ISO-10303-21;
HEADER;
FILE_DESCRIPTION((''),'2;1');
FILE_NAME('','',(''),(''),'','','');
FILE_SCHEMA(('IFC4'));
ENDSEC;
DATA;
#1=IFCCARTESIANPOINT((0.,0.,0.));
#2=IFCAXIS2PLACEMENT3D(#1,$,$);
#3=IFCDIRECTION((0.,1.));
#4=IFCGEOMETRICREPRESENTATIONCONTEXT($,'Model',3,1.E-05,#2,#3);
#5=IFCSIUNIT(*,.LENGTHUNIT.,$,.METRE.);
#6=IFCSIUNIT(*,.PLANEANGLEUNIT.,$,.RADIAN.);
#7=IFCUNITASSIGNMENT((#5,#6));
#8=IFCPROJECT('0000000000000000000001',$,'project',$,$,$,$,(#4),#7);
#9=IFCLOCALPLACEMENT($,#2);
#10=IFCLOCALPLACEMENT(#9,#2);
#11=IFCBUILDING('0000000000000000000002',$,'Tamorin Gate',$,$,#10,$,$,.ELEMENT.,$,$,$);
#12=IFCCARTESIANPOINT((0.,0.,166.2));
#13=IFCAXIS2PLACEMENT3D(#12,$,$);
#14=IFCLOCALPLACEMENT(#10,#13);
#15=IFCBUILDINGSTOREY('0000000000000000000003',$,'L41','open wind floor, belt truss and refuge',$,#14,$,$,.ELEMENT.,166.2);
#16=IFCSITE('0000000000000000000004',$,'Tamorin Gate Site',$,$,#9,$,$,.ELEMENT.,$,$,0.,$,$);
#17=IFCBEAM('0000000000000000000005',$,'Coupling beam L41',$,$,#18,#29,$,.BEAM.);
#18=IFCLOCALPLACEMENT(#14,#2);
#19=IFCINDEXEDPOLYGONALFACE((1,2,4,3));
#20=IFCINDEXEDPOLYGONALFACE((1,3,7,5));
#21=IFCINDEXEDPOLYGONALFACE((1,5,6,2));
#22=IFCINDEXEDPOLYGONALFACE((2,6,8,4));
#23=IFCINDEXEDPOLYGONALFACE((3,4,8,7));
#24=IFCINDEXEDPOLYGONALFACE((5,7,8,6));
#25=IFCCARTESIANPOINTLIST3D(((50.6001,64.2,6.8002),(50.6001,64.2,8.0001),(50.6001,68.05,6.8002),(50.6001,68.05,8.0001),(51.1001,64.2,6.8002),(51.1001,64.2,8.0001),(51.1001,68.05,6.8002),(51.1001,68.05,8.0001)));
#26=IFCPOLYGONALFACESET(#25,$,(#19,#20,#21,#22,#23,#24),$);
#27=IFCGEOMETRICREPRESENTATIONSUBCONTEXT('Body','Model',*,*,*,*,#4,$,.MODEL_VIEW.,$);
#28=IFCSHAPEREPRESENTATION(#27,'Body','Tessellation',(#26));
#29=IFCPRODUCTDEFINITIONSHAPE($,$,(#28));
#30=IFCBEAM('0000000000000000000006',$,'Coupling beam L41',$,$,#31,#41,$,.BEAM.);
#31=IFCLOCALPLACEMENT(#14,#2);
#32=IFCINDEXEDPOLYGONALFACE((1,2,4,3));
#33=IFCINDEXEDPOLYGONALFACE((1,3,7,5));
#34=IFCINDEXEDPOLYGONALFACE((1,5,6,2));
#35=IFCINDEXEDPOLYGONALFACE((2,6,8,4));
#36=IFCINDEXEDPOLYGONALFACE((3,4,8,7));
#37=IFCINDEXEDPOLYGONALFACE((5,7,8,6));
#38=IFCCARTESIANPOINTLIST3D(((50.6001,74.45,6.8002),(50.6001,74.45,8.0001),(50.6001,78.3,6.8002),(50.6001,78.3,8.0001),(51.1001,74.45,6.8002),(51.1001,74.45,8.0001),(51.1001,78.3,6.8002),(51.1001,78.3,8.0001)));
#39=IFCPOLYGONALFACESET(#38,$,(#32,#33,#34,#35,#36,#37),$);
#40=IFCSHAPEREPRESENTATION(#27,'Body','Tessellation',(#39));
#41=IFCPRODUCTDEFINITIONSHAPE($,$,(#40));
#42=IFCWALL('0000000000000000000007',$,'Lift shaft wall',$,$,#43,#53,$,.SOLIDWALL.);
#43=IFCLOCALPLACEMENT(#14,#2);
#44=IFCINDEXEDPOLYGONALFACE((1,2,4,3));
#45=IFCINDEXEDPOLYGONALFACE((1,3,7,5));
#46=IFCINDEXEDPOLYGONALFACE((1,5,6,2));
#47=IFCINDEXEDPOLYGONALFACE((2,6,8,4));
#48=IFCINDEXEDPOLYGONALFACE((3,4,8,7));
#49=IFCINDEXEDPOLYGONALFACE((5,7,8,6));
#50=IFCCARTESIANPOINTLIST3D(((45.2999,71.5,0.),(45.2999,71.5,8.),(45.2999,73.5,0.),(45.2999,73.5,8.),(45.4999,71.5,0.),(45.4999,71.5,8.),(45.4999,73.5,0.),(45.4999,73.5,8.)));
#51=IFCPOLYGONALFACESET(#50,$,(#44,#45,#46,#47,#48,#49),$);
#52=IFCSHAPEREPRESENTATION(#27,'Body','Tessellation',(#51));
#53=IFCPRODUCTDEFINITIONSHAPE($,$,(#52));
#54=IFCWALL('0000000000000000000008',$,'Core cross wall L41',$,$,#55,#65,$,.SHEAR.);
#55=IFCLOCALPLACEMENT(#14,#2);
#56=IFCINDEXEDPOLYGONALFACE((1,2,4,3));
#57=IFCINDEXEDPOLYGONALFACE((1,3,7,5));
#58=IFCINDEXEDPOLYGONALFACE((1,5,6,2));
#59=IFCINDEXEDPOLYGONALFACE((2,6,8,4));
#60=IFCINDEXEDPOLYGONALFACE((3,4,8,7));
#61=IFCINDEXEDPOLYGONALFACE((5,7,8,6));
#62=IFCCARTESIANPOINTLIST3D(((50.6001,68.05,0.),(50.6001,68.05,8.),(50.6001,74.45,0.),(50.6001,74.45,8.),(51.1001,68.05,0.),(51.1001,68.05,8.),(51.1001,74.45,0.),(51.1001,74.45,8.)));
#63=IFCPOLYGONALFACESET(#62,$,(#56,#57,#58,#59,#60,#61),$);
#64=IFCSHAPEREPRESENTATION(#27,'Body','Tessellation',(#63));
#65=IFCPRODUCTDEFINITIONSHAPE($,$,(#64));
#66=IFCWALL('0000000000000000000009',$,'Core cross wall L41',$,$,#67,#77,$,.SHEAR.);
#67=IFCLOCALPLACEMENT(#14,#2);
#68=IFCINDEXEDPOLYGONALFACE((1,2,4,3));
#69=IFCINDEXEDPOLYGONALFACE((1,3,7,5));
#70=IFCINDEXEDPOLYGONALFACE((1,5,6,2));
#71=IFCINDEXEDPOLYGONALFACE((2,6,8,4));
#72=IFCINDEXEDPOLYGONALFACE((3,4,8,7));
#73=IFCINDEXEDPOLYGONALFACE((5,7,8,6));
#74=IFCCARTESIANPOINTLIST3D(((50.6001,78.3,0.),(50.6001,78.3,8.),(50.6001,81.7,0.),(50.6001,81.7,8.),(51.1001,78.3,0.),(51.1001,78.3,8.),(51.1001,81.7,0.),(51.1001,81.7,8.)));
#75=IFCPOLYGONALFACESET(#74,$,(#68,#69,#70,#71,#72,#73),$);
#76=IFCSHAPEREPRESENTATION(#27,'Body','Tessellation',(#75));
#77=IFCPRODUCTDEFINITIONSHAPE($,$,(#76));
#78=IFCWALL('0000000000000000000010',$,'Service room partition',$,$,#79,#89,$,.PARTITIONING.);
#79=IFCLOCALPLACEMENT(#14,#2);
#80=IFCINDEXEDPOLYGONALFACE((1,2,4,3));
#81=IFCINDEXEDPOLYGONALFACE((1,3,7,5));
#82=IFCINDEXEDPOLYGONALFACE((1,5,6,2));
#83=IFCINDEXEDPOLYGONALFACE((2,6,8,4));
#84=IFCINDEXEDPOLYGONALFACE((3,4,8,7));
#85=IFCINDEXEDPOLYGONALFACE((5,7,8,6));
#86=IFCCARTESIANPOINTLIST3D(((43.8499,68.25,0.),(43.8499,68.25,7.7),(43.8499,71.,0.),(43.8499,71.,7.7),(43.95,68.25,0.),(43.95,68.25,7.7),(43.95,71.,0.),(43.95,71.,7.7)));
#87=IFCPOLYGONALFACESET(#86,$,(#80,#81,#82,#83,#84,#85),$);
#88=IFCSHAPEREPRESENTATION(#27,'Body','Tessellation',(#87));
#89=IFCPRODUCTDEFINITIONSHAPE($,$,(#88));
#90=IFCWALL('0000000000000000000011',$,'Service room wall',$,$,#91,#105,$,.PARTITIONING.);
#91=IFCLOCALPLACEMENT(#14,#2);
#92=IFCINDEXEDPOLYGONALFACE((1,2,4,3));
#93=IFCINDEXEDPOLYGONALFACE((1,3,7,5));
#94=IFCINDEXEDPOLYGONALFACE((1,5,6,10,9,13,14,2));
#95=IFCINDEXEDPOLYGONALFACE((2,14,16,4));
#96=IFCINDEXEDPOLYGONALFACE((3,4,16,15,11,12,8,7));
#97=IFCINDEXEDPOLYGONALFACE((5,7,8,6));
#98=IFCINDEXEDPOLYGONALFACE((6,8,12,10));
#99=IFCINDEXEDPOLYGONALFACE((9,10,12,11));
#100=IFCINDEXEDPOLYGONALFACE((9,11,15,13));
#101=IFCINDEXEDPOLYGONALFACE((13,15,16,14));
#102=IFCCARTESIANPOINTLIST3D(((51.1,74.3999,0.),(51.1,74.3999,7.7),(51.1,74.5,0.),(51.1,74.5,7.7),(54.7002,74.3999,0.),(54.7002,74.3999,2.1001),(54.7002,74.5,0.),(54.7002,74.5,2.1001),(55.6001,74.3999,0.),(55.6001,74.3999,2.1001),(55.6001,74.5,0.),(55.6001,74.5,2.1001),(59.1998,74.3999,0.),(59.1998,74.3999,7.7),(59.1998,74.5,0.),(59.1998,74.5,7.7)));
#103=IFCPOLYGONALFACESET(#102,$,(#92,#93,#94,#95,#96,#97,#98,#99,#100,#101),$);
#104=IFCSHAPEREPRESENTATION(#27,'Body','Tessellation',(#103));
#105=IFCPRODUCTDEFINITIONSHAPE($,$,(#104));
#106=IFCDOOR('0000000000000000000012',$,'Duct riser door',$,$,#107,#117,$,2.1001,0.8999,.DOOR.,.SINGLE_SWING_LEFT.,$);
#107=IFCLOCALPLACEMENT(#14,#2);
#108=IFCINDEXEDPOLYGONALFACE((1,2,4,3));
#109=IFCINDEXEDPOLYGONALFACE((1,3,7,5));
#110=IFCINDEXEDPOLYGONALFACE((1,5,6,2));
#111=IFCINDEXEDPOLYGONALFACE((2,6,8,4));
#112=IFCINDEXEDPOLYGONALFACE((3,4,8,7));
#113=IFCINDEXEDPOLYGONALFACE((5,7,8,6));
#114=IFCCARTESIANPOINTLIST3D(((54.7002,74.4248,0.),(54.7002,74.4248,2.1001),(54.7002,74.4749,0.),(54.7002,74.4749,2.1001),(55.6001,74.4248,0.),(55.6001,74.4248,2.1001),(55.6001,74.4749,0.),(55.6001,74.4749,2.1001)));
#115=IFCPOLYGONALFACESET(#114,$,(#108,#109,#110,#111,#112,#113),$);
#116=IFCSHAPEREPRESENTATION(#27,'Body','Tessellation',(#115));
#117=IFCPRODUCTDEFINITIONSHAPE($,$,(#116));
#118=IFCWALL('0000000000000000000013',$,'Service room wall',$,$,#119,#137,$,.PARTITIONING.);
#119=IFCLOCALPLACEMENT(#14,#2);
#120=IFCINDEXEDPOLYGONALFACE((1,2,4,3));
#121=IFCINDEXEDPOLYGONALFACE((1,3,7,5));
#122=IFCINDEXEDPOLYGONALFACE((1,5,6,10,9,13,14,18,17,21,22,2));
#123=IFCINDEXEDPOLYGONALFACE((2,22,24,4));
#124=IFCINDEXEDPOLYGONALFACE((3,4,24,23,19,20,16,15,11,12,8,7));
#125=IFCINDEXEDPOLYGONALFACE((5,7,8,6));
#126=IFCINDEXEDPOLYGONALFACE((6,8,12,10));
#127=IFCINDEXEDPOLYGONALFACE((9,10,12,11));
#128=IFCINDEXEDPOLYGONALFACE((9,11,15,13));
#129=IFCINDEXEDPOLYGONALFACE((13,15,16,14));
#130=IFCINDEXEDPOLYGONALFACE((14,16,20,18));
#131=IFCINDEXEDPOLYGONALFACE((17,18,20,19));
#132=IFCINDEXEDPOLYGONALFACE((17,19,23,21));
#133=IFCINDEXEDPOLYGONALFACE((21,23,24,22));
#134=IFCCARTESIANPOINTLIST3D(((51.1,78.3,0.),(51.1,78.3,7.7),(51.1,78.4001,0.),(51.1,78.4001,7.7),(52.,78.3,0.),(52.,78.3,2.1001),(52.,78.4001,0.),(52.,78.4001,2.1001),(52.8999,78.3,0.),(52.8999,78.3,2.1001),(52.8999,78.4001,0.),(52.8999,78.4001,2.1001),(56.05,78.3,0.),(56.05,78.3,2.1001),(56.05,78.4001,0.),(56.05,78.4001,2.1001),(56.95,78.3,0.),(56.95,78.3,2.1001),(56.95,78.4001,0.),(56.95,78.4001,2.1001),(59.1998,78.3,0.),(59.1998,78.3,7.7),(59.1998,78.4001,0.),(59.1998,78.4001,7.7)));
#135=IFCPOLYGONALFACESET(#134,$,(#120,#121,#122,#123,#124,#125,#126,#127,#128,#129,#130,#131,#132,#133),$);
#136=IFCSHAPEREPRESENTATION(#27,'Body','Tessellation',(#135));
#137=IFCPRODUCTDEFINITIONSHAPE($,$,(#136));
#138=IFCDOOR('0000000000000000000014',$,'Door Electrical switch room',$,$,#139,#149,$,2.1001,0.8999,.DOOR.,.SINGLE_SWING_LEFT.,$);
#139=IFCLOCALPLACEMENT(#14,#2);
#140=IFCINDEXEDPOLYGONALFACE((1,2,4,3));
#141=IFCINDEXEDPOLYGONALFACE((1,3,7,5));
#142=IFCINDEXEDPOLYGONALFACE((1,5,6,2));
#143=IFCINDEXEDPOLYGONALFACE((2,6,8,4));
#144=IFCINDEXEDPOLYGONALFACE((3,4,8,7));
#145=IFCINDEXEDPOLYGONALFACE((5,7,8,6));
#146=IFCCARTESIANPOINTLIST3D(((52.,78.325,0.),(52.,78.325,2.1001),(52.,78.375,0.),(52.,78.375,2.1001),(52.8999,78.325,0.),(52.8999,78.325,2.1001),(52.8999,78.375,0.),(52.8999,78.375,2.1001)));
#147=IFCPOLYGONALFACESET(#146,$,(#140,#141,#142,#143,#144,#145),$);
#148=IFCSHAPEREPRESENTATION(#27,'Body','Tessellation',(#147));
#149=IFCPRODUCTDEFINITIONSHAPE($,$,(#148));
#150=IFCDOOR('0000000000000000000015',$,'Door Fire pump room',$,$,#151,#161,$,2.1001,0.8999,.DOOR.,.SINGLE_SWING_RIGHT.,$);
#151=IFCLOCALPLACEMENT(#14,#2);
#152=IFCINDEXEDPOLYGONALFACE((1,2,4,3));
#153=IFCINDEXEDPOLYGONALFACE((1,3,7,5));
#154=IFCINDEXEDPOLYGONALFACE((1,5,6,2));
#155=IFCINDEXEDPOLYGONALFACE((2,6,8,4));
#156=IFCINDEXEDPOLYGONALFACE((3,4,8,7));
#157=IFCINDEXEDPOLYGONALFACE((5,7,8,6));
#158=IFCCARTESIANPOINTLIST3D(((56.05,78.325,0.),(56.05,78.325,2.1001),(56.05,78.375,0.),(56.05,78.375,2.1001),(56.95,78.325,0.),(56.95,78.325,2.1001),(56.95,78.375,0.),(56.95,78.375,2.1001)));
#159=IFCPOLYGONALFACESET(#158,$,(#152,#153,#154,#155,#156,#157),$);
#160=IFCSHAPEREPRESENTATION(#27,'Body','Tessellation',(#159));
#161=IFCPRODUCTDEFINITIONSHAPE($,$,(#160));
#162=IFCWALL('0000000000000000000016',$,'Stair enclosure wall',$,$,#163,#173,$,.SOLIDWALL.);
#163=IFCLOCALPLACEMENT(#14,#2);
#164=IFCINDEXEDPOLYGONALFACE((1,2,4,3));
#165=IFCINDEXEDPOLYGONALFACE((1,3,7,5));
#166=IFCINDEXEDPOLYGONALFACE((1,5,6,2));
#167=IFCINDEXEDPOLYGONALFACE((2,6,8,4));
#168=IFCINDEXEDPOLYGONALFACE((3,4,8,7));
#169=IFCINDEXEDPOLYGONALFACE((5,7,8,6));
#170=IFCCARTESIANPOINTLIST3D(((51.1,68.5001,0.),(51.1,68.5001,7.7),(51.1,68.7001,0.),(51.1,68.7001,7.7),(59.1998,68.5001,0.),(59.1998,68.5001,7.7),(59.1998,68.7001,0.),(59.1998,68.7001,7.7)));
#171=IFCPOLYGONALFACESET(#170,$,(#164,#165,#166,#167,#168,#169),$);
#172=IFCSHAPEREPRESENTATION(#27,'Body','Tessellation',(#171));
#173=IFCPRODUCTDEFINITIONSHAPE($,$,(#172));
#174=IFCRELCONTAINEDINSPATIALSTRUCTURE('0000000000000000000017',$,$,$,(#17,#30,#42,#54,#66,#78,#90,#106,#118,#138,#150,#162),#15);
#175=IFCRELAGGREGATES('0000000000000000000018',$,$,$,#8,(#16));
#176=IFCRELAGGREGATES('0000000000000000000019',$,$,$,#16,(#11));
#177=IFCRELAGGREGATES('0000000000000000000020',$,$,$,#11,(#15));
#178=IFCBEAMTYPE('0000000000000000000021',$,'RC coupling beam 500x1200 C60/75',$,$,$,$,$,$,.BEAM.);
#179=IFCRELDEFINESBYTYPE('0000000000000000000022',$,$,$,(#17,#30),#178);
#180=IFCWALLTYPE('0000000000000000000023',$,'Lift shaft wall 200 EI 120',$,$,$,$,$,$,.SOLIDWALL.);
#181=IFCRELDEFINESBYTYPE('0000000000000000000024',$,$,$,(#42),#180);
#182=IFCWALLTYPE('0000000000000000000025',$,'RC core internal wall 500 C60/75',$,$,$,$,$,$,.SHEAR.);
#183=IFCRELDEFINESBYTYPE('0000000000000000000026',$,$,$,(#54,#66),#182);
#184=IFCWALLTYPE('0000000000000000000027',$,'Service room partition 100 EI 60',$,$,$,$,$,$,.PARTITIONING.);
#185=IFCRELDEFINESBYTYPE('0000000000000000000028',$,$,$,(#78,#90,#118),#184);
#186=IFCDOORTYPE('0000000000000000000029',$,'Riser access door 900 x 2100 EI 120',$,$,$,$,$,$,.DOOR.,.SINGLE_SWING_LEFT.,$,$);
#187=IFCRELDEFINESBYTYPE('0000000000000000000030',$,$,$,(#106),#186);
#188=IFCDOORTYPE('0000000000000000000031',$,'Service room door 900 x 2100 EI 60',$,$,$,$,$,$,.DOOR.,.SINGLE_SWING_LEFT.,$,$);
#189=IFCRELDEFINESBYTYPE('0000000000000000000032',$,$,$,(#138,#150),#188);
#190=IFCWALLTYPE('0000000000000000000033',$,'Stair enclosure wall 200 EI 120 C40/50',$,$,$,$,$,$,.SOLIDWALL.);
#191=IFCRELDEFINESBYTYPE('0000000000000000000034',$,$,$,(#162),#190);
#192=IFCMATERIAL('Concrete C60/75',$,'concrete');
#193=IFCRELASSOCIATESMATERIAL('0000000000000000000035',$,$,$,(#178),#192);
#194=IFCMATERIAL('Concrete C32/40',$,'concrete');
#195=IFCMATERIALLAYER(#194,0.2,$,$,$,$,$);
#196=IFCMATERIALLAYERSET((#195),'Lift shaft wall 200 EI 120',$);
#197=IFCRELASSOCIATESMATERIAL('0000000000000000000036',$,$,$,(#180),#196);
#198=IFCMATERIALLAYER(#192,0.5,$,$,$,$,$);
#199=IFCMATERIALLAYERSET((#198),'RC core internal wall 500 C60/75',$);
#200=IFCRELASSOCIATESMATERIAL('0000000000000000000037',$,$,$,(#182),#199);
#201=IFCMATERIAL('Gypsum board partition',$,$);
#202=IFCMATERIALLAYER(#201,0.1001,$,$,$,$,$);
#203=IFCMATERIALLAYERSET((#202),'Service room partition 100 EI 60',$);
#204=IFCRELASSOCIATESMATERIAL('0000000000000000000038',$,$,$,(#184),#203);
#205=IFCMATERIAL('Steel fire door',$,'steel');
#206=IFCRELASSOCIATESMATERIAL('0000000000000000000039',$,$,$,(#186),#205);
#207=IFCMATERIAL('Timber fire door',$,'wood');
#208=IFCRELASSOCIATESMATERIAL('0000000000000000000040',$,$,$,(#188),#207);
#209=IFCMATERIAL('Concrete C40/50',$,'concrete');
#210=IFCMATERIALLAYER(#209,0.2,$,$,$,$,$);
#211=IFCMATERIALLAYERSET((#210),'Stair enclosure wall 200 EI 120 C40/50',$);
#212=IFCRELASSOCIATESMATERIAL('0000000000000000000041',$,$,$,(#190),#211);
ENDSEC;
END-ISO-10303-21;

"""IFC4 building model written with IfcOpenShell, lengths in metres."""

from ifc_helpers import new_model, si_unit, direction, frame, frame_2d, origin, origin_2d, place, context, subcontext, project, spatial, rectangle, extrude, material, layer, layer_set, material_profile, profile_set, type_object, element, fill, save


model = new_model("IFC4")

# Units and contexts
model_context = context("Model", 3, precision=1e-05, world=origin(), true_north=direction((0.0, 1.0)))
body_context = subcontext(model_context, "Body", "Model", "MODEL_VIEW")
ifc_project = project(units=[si_unit("LENGTHUNIT", "METRE"), si_unit("PLANEANGLEUNIT", "RADIAN")], contexts=[model_context])

# Site, building, storey
site_placement = place(None, origin())
site = spatial("IfcSite", under=ifc_project, at=site_placement, Name="Tamorin Gate Site", CompositionType="ELEMENT", RefElevation=0.0)
building_placement = place(site_placement, origin())
building = spatial("IfcBuilding", under=site, at=building_placement, Name="Tamorin Gate", CompositionType="ELEMENT")
storey_placement = place(building_placement, frame((0.0, 0.0, 166.2)))
storey = spatial("IfcBuildingStorey", under=building, at=storey_placement, Name="L41", Description="open wind floor, belt truss and refuge", CompositionType="ELEMENT", Elevation=166.2)

# Beams
ifc_material_1 = material(Name="Concrete C60/75", Category="concrete")
ifc_material_profile = material_profile(ifc_material_1, rectangle(XDim=0.5, YDim=1.2, at=origin_2d()), Name="RC 500x1200")
ifc_profile_set = profile_set([ifc_material_profile], Name="Concrete C60/75")
beam_type = type_object("IfcBeamType", Name="RC coupling beam 500x1200 C60/75", PredefinedType="BEAM", material=ifc_profile_set)
for number, where, z_axis, x_axis, name in (
    (1, (50.8501, 64.2, 7.4001), (0.0, 1.0, 0.0), (-1.0, 0.0, 0.0), "Coupling beam L41"),
    (2, (50.8501, 74.45, 7.4001), (0.0, 1.0, 0.0), (-1.0, 0.0, 0.0), "Coupling beam L41"),
):
    element("IfcBeam", number, at=place(storey_placement, frame(where, z_axis=z_axis, x_axis=x_axis)), inside=storey, type_object=beam_type, Name=name, PredefinedType="BEAM", context=body_context, shape_type="SweptSolid", body=[
        extrude(rectangle(XDim=0.5, YDim=1.2, at=origin_2d()), origin(), (0.0, 0.0, 1.0), 3.8501),
    ])

# Walls
ifc_material_2 = material(Name="Concrete C32/40", Category="concrete")
ifc_layer_1 = layer(ifc_material_2, 0.2)
ifc_layer_set_1 = layer_set([ifc_layer_1], Name="Lift shaft wall 200 EI 120")
wall_type_1 = type_object("IfcWallType", Name="Lift shaft wall 200 EI 120", PredefinedType="SOLIDWALL", material=ifc_layer_set_1)
wall_1_placement = place(storey_placement, frame((45.3999, 71.5, 0.0), z_axis=(0.0, 0.0, 1.0), x_axis=(0.0, 1.0, 0.0)))
element("IfcWall", 3, at=wall_1_placement, inside=storey, type_object=wall_type_1, Name="Lift shaft wall", PredefinedType="SOLIDWALL", context=body_context, shape_type="SweptSolid", body=[
    extrude(rectangle(XDim=2.0, YDim=0.2, at=frame_2d((1.0, 0.0))), origin(), (0.0, 0.0, 1.0), 8.0),
])
ifc_layer_2 = layer(ifc_material_1, 0.5)
ifc_layer_set_2 = layer_set([ifc_layer_2], Name="RC core internal wall 500 C60/75")
wall_type_2 = type_object("IfcWallType", Name="RC core internal wall 500 C60/75", PredefinedType="SHEAR", material=ifc_layer_set_2)
wall_2_placement = place(storey_placement, frame((50.8501, 68.05, 0.0), z_axis=(0.0, 0.0, 1.0), x_axis=(0.0, 1.0, 0.0)))
element("IfcWall", 4, at=wall_2_placement, inside=storey, type_object=wall_type_2, Name="Core cross wall L41", PredefinedType="SHEAR", context=body_context, shape_type="SweptSolid", body=[
    extrude(rectangle(XDim=6.3999, YDim=0.5, at=frame_2d((3.2, 0.0))), origin(), (0.0, 0.0, 1.0), 8.0),
])
wall_3_placement = place(storey_placement, frame((50.8501, 78.3, 0.0), z_axis=(0.0, 0.0, 1.0), x_axis=(0.0, 1.0, 0.0)))
element("IfcWall", 5, at=wall_3_placement, inside=storey, type_object=wall_type_2, Name="Core cross wall L41", PredefinedType="SHEAR", context=body_context, shape_type="SweptSolid", body=[
    extrude(rectangle(XDim=3.3999, YDim=0.5, at=frame_2d((1.7, 0.0))), origin(), (0.0, 0.0, 1.0), 8.0),
])
ifc_material_3 = material(Name="Gypsum board partition")
ifc_layer_3 = layer(ifc_material_3, 0.1001)
ifc_layer_set_3 = layer_set([ifc_layer_3], Name="Service room partition 100 EI 60")
wall_type_3 = type_object("IfcWallType", Name="Service room partition 100 EI 60", PredefinedType="PARTITIONING", material=ifc_layer_set_3)
wall_4_placement = place(storey_placement, frame((43.8999, 68.25, 0.0), z_axis=(0.0, 0.0, 1.0), x_axis=(0.0, 1.0, 0.0)))
element("IfcWall", 6, at=wall_4_placement, inside=storey, type_object=wall_type_3, Name="Service room partition", PredefinedType="PARTITIONING", context=body_context, shape_type="SweptSolid", body=[
    extrude(rectangle(XDim=2.75, YDim=0.1001, at=frame_2d((1.375, 0.0))), origin(), (0.0, 0.0, 1.0), 7.7),
])

# Wall, opening, door
wall_5_placement = place(storey_placement, frame((51.1001, 74.45, 0.0), z_axis=(0.0, 0.0, 1.0), x_axis=(1.0, 0.0, 0.0)))
wall_5 = element("IfcWall", 7, at=wall_5_placement, inside=storey, type_object=wall_type_3, Name="Service room wall", PredefinedType="PARTITIONING", context=body_context, shape_type="SweptSolid", body=[
    extrude(rectangle(XDim=8.0999, YDim=0.1001, at=frame_2d((4.0498, 0.0))), origin(), (0.0, 0.0, 1.0), 7.7),
])
opening_1_placement = place(wall_5_placement, frame((3.6001, 0.0, 0.0)))
opening_1 = element("IfcOpeningElement", 8, at=opening_1_placement, cuts=wall_5, PredefinedType="OPENING", context=body_context, shape_type="SweptSolid", body=[
    extrude(rectangle(XDim=0.8999, YDim=2.1001, at=frame_2d((0.45, 1.05))), frame((0.0, 0.0601, 0.0), z_axis=(0.0, -1.0, 0.0), x_axis=(1.0, 0.0, 0.0)), (0.0, 0.0, 1.0), 0.1201),
])
ifc_material_4 = material(Name="Steel fire door", Category="steel")
door_type_1 = type_object("IfcDoorType", Name="Riser access door 900 x 2100 EI 120", OperationType="SINGLE_SWING_LEFT", PredefinedType="DOOR", material=ifc_material_4)
door_1_placement = place(opening_1_placement, origin())
door_1 = element("IfcDoor", 9, at=door_1_placement, inside=storey, type_object=door_type_1, Name="Duct riser door", OperationType="SINGLE_SWING_LEFT", OverallHeight=2.1001, OverallWidth=0.8999, PredefinedType="DOOR", context=body_context, shape_type="SweptSolid", body=[
    extrude(rectangle(XDim=0.8999, YDim=2.1001, at=frame_2d((0.45, 1.05))), frame((0.0, 0.0249, 0.0), z_axis=(0.0, -1.0, 0.0), x_axis=(1.0, 0.0, 0.0)), (0.0, 0.0, 1.0), 0.05),
])
fill(opening_1, door_1)

# Wall, openings, doors
wall_6_placement = place(storey_placement, frame((51.1001, 78.3501, 0.0), z_axis=(0.0, 0.0, 1.0), x_axis=(1.0, 0.0, 0.0)))
wall_6 = element("IfcWall", 10, at=wall_6_placement, inside=storey, type_object=wall_type_3, Name="Service room wall", PredefinedType="PARTITIONING", context=body_context, shape_type="SweptSolid", body=[
    extrude(rectangle(XDim=8.0999, YDim=0.1001, at=frame_2d((4.0498, 0.0))), origin(), (0.0, 0.0, 1.0), 7.7),
])
opening_2_placement = place(wall_6_placement, frame((0.8999, 0.0, 0.0)))
opening_2 = element("IfcOpeningElement", 11, at=opening_2_placement, cuts=wall_6, PredefinedType="OPENING", context=body_context, shape_type="SweptSolid", body=[
    extrude(rectangle(XDim=0.8999, YDim=2.1001, at=frame_2d((0.45, 1.05))), frame((0.0, 0.0601, 0.0), z_axis=(0.0, -1.0, 0.0), x_axis=(1.0, 0.0, 0.0)), (0.0, 0.0, 1.0), 0.1201),
])
opening_3_placement = place(wall_6_placement, frame((4.95, 0.0, 0.0)))
opening_3 = element("IfcOpeningElement", 12, at=opening_3_placement, cuts=wall_6, PredefinedType="OPENING", context=body_context, shape_type="SweptSolid", body=[
    extrude(rectangle(XDim=0.8999, YDim=2.1001, at=frame_2d((0.45, 1.05))), frame((0.0, 0.0601, 0.0), z_axis=(0.0, -1.0, 0.0), x_axis=(1.0, 0.0, 0.0)), (0.0, 0.0, 1.0), 0.1201),
])
ifc_material_5 = material(Name="Timber fire door", Category="wood")
door_type_2 = type_object("IfcDoorType", Name="Service room door 900 x 2100 EI 60", OperationType="SINGLE_SWING_LEFT", PredefinedType="DOOR", material=ifc_material_5)
door_2_placement = place(opening_2_placement, origin())
door_2 = element("IfcDoor", 13, at=door_2_placement, inside=storey, type_object=door_type_2, Name="Door Electrical switch room", OperationType="SINGLE_SWING_LEFT", OverallHeight=2.1001, OverallWidth=0.8999, PredefinedType="DOOR", context=body_context, shape_type="SweptSolid", body=[
    extrude(rectangle(XDim=0.8999, YDim=2.1001, at=frame_2d((0.45, 1.05))), frame((0.0, 0.0249, 0.0), z_axis=(0.0, -1.0, 0.0), x_axis=(1.0, 0.0, 0.0)), (0.0, 0.0, 1.0), 0.05),
])
fill(opening_2, door_2)
door_3_placement = place(opening_3_placement, origin())
door_3 = element("IfcDoor", 14, at=door_3_placement, inside=storey, type_object=door_type_2, Name="Door Fire pump room", OperationType="SINGLE_SWING_RIGHT", OverallHeight=2.1001, OverallWidth=0.8999, PredefinedType="DOOR", context=body_context, shape_type="SweptSolid", body=[
    extrude(rectangle(XDim=0.8999, YDim=2.1001, at=frame_2d((0.45, 1.05))), frame((0.0, 0.0249, 0.0), z_axis=(0.0, -1.0, 0.0), x_axis=(1.0, 0.0, 0.0)), (0.0, 0.0, 1.0), 0.05),
])
fill(opening_3, door_3)

# Wall
ifc_material_6 = material(Name="Concrete C40/50", Category="concrete")
ifc_layer_4 = layer(ifc_material_6, 0.2)
ifc_layer_set_4 = layer_set([ifc_layer_4], Name="Stair enclosure wall 200 EI 120 C40/50")
wall_type_4 = type_object("IfcWallType", Name="Stair enclosure wall 200 EI 120 C40/50", PredefinedType="SOLIDWALL", material=ifc_layer_set_4)
wall_7_placement = place(storey_placement, frame((51.1001, 68.6001, 0.0), z_axis=(0.0, 0.0, 1.0), x_axis=(1.0, 0.0, 0.0)))
element("IfcWall", 15, at=wall_7_placement, inside=storey, type_object=wall_type_4, Name="Stair enclosure wall", PredefinedType="SOLIDWALL", context=body_context, shape_type="SweptSolid", body=[
    extrude(rectangle(XDim=8.0999, YDim=0.2, at=frame_2d((4.0498, 0.0))), origin(), (0.0, 0.0, 1.0), 7.7),
])

save(model, "model.ifc")
